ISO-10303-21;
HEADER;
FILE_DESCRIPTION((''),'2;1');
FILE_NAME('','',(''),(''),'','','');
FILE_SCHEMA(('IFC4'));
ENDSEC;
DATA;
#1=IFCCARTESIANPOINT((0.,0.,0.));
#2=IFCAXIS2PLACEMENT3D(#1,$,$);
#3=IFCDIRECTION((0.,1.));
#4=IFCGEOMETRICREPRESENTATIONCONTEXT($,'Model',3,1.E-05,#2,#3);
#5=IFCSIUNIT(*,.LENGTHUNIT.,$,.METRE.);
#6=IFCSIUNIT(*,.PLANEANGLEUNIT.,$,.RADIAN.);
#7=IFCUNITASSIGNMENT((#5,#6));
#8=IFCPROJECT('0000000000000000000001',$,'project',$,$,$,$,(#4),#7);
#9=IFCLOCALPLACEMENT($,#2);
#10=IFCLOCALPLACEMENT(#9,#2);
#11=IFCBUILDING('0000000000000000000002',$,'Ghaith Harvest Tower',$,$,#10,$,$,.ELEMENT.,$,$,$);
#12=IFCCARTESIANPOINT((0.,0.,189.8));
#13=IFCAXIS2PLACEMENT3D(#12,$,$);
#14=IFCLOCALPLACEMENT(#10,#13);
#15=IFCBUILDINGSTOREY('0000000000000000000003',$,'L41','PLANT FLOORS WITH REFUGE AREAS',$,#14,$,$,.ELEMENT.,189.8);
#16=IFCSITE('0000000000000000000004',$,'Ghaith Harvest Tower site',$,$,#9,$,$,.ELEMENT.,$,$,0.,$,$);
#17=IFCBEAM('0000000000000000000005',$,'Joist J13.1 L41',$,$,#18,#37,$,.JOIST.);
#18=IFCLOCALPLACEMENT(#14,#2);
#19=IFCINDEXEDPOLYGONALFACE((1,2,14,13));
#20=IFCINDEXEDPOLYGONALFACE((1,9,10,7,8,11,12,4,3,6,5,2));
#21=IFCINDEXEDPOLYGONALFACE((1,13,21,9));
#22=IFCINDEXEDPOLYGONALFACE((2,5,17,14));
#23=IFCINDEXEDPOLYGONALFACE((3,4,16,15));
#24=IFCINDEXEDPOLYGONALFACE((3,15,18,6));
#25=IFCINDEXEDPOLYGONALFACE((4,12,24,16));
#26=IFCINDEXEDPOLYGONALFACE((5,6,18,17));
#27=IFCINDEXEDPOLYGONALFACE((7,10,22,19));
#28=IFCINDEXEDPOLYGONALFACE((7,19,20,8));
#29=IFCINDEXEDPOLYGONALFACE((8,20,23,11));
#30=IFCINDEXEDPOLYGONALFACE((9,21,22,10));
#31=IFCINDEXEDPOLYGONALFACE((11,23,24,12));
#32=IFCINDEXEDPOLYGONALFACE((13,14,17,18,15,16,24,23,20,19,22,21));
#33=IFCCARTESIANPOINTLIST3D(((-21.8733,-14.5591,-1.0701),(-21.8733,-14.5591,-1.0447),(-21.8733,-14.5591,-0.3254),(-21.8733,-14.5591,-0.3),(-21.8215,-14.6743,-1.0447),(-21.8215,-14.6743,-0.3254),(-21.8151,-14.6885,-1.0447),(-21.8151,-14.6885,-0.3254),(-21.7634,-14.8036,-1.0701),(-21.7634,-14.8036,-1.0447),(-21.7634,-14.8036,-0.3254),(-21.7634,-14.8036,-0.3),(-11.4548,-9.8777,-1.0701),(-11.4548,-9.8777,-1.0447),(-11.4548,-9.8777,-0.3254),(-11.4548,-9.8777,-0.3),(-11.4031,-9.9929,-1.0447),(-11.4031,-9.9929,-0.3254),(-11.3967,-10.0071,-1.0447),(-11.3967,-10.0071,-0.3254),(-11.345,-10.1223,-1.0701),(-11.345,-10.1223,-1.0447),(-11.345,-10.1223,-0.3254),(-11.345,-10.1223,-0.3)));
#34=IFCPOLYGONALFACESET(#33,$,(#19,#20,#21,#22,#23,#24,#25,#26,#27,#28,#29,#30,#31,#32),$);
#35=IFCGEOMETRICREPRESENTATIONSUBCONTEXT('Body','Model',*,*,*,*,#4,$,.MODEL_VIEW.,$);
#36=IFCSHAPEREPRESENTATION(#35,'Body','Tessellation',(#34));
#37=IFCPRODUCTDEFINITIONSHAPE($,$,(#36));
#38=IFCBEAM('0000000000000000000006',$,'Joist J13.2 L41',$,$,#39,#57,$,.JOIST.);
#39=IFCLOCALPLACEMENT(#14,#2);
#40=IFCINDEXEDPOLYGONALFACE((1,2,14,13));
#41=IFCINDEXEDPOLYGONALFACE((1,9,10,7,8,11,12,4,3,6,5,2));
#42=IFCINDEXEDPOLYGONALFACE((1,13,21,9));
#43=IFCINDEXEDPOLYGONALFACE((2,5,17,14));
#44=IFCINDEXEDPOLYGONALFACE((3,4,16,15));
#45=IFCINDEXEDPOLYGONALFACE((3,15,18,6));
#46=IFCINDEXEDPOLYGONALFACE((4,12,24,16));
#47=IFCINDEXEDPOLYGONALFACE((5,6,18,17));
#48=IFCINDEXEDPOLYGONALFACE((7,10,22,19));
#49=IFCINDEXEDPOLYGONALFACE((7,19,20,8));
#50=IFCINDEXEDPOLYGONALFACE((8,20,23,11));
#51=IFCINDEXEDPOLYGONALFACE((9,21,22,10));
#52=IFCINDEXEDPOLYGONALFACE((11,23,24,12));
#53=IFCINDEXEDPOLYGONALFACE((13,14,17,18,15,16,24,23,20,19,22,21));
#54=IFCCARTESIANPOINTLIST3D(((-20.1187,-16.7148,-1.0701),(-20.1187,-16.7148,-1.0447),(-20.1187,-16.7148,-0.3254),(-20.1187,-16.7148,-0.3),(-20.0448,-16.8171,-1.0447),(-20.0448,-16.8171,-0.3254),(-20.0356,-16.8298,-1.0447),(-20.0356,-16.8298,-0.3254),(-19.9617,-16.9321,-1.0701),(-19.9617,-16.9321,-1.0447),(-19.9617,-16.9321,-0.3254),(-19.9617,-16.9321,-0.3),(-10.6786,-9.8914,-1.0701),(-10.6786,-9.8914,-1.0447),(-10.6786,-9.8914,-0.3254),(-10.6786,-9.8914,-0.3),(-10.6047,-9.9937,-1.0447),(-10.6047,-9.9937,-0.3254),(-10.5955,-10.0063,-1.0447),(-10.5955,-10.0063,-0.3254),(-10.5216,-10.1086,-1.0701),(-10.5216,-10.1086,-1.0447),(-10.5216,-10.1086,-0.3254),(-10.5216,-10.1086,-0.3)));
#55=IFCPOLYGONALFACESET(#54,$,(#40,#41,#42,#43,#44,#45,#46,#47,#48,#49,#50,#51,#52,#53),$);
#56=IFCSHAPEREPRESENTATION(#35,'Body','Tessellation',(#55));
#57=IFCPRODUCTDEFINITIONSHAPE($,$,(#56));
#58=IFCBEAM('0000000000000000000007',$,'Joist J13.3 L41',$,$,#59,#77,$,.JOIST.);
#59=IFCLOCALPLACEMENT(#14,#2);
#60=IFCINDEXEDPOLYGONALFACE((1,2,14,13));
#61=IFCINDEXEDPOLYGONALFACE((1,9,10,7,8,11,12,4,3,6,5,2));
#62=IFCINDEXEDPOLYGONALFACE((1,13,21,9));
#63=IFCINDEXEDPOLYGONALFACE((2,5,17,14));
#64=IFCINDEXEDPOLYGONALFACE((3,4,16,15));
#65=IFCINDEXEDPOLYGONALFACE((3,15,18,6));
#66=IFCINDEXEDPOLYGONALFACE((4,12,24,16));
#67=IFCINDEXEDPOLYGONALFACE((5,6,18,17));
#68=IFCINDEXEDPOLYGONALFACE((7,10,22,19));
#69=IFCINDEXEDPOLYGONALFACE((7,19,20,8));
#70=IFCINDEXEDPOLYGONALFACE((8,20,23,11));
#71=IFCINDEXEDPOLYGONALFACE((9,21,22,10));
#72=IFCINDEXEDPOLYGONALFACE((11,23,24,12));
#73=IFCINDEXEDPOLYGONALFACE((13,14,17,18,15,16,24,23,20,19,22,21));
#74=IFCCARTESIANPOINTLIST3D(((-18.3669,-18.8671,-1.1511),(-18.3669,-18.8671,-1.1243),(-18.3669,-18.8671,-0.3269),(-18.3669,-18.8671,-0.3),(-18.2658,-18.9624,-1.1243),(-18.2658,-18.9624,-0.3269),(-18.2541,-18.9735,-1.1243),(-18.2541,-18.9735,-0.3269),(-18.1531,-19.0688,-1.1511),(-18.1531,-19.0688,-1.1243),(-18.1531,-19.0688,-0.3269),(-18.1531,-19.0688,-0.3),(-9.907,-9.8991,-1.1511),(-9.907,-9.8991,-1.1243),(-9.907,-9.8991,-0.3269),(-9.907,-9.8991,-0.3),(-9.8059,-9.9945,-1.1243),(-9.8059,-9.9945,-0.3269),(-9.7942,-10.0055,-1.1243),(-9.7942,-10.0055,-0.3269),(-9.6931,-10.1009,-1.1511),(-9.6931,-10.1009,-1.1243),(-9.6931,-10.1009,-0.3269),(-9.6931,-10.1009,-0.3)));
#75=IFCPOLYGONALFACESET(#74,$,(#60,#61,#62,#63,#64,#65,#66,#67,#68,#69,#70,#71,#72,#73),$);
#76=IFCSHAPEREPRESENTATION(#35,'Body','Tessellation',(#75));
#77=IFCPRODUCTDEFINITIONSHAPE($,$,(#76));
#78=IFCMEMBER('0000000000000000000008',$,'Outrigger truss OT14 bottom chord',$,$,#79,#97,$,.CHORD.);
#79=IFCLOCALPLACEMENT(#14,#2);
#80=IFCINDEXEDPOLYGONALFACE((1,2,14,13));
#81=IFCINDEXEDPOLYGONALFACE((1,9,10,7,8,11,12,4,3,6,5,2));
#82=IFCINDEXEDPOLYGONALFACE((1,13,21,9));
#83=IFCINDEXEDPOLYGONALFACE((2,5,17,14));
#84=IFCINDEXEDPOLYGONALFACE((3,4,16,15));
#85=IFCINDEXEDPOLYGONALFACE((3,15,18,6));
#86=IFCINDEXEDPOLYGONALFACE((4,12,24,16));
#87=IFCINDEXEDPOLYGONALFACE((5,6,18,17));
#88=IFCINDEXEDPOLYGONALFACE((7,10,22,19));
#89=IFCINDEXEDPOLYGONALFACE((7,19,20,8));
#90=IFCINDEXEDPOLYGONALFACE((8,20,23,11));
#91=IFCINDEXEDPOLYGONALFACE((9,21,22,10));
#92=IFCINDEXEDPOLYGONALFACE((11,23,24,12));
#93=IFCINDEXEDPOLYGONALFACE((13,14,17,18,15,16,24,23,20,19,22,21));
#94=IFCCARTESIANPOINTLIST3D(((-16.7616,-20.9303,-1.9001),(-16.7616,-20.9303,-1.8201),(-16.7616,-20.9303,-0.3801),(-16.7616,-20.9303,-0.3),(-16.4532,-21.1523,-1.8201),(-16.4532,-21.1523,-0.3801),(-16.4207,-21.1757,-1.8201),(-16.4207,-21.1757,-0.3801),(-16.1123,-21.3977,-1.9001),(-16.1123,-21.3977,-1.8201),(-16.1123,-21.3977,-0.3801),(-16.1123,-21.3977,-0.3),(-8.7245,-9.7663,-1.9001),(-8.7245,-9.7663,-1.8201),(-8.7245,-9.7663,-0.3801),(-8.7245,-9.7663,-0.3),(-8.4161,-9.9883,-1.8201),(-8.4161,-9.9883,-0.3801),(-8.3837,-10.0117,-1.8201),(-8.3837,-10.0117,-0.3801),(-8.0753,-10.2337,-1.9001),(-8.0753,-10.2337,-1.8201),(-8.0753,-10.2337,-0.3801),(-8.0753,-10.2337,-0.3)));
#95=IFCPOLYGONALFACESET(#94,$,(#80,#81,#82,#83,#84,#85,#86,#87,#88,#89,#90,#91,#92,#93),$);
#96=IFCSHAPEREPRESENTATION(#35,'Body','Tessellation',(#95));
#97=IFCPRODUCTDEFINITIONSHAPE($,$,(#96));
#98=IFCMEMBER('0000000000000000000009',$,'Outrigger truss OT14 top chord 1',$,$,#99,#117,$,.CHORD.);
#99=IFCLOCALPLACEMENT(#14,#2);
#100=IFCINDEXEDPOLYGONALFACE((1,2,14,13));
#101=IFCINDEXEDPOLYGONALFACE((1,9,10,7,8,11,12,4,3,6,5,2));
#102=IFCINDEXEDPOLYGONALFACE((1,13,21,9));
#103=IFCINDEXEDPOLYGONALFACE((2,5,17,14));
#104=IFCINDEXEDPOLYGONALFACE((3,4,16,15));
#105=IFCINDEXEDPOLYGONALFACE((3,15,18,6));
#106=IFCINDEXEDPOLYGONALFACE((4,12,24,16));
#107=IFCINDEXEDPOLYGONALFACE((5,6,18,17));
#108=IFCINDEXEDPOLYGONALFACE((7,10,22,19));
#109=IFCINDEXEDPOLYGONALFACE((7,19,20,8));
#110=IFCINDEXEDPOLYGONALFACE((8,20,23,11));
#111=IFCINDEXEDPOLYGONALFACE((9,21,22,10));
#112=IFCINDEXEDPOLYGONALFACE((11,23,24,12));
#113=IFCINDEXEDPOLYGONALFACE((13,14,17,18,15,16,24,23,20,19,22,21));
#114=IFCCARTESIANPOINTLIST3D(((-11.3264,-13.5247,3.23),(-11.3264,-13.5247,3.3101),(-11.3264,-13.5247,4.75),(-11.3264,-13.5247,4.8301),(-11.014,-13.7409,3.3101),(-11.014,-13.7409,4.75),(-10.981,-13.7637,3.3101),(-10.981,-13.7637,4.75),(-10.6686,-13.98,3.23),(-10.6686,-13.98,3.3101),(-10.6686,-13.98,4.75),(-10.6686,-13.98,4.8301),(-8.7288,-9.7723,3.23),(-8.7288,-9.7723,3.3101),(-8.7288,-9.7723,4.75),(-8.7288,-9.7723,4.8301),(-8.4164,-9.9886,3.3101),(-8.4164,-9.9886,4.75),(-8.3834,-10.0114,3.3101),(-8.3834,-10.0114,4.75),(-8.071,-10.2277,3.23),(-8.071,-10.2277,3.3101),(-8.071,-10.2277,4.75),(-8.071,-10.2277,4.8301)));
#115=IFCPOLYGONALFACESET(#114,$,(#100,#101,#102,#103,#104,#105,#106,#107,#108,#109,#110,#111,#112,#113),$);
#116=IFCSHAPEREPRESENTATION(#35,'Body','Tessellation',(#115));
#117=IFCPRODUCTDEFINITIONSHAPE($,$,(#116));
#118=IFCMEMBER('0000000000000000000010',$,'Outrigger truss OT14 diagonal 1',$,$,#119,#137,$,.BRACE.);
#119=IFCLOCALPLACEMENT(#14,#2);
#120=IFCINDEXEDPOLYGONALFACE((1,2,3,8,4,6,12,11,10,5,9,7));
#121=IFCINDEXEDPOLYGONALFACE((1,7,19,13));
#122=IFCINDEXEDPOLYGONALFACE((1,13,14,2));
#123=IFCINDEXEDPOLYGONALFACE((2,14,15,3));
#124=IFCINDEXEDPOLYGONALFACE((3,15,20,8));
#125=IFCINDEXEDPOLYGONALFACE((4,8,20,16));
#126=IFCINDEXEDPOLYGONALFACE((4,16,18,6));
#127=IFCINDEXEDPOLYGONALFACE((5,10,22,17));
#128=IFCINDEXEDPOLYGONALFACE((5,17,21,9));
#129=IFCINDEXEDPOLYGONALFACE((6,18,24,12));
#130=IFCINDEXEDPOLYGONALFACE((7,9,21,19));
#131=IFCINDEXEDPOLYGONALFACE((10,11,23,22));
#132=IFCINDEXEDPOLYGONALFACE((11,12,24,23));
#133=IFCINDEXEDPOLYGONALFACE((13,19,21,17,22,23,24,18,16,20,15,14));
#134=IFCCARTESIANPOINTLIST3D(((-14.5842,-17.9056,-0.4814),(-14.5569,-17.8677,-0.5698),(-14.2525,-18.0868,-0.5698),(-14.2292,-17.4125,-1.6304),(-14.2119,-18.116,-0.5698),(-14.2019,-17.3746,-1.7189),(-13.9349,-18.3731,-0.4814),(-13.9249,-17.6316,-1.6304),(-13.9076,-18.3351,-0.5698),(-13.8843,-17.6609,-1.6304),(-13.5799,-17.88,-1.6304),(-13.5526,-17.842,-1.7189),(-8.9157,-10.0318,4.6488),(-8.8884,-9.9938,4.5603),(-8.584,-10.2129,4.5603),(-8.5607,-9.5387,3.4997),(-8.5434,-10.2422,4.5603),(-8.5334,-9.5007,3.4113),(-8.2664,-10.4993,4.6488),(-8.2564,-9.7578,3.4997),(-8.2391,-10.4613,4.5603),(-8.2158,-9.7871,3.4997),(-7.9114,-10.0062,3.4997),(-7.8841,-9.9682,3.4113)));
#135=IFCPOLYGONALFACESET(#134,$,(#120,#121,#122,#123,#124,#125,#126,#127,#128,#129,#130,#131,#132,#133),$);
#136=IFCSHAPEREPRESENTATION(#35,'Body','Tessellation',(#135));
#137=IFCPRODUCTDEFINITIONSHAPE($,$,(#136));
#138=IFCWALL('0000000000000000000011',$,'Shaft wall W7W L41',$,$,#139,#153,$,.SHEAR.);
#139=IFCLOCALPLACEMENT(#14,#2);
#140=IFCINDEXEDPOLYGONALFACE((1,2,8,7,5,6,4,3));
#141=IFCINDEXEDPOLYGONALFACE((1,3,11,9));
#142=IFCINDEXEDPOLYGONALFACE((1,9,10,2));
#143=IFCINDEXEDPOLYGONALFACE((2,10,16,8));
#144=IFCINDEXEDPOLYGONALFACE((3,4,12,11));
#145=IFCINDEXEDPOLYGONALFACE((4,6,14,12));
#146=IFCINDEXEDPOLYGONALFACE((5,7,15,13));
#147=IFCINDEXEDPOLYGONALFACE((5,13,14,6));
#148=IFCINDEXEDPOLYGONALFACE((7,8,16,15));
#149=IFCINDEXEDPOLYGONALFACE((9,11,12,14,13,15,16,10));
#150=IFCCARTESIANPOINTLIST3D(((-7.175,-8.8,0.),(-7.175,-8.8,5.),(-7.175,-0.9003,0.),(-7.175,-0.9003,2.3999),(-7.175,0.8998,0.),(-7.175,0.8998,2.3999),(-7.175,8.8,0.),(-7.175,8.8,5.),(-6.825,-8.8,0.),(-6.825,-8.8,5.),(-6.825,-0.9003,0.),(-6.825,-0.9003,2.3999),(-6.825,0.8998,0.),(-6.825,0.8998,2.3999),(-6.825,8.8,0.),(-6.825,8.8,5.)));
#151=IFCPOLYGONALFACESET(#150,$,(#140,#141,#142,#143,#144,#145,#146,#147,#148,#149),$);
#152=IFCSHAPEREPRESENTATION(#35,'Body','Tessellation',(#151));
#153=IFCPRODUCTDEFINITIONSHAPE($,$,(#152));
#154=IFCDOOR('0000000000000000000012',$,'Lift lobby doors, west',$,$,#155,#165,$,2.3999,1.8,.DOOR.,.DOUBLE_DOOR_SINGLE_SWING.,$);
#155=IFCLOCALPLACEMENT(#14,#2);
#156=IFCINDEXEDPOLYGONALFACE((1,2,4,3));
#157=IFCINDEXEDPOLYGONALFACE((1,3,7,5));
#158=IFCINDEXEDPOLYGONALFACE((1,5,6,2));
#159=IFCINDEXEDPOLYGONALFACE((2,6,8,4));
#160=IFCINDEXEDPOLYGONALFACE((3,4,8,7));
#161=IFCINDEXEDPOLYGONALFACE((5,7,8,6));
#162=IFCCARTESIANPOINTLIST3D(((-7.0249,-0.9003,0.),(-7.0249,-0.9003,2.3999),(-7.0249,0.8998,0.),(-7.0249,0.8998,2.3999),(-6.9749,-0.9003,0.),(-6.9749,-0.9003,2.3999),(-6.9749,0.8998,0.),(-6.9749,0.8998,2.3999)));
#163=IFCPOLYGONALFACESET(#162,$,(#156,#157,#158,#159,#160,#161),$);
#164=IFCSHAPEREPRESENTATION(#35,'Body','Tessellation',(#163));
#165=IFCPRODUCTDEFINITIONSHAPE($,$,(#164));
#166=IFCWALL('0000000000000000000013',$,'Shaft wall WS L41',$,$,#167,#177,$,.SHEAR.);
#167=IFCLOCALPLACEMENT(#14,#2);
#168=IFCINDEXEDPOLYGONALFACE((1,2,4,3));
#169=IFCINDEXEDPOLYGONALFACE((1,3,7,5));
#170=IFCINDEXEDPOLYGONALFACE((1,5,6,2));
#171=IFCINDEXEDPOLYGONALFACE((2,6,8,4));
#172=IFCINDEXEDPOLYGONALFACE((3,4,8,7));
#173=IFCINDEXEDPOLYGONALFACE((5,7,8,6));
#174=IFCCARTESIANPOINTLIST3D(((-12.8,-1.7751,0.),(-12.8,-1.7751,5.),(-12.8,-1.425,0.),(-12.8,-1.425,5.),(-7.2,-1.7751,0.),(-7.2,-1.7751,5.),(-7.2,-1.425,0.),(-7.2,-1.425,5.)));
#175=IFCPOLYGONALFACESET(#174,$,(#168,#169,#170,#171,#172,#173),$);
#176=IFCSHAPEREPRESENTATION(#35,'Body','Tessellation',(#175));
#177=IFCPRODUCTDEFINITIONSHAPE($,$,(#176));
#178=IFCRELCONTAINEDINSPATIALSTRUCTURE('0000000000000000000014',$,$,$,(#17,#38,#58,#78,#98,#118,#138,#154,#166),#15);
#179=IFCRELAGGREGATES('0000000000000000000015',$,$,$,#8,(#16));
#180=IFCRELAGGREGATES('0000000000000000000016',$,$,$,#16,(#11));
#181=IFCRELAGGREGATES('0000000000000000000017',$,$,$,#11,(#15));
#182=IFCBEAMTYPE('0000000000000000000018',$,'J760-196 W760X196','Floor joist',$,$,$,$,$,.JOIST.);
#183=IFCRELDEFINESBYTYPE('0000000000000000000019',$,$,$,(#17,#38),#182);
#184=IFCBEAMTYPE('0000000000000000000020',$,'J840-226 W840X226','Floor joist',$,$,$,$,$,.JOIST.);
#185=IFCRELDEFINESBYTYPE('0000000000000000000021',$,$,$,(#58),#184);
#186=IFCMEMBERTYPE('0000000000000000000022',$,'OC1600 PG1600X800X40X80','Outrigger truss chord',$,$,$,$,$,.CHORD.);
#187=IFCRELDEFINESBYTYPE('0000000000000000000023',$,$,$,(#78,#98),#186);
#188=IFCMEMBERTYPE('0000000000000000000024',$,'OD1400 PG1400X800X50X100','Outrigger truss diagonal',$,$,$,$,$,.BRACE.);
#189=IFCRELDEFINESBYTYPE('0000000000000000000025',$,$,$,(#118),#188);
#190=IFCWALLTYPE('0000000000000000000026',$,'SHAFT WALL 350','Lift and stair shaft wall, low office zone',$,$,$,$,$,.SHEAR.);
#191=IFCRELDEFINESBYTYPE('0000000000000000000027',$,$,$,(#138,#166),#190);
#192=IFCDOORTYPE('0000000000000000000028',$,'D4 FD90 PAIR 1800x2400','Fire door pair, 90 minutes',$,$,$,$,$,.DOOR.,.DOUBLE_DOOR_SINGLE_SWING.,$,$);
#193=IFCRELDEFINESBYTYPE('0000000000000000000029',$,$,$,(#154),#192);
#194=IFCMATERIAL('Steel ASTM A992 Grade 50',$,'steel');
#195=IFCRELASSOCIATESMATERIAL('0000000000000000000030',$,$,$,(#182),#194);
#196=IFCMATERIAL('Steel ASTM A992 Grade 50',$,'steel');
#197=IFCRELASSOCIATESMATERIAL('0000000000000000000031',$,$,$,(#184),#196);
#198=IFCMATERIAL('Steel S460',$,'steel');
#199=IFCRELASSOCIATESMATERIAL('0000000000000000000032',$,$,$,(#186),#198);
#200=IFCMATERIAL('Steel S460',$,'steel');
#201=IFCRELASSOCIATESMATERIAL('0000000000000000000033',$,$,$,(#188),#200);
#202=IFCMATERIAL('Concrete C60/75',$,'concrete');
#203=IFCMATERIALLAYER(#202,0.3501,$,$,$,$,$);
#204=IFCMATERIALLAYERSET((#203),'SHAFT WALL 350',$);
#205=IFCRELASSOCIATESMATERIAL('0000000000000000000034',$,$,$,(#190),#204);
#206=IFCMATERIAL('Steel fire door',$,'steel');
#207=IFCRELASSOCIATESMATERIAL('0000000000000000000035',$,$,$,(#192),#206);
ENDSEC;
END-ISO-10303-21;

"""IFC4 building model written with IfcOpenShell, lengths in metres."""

from ifc_helpers import new_model, si_unit, direction, frame, frame_2d, origin, origin_2d, place, context, subcontext, project, spatial, rectangle, i_section, extrude, material, layer, layer_set, material_profile, profile_set, type_object, element, fill, save


model = new_model("IFC4")

# Units and contexts
model_context = context("Model", 3, precision=1e-05, world=origin(), true_north=direction((0.0, 1.0)))
body_context = subcontext(model_context, "Body", "Model", "MODEL_VIEW")
ifc_project = project(units=[si_unit("LENGTHUNIT", "METRE"), si_unit("PLANEANGLEUNIT", "RADIAN")], contexts=[model_context])

# Site, building, storey
site_placement = place(None, origin())
site = spatial("IfcSite", under=ifc_project, at=site_placement, Name="Ghaith Harvest Tower site", CompositionType="ELEMENT", RefElevation=0.0)
building_placement = place(site_placement, origin())
building = spatial("IfcBuilding", under=site, at=building_placement, Name="Ghaith Harvest Tower", CompositionType="ELEMENT")
storey_placement = place(building_placement, frame((0.0, 0.0, 189.8)))
storey = spatial("IfcBuildingStorey", under=building, at=storey_placement, Name="L41", Description="PLANT FLOORS WITH REFUGE AREAS", CompositionType="ELEMENT", Elevation=189.8)

# Beams
ifc_material_1 = material(Name="Steel ASTM A992 Grade 50", Category="steel")
ifc_material_profile_1 = material_profile(ifc_material_1, i_section(OverallWidth=0.2681, OverallDepth=0.77, WebThickness=0.0156, FlangeThickness=0.0254, at=origin_2d()), Name="W760X196")
ifc_profile_set_1 = profile_set([ifc_material_profile_1], Name="Steel ASTM A992 Grade 50")
beam_type_1 = type_object("IfcBeamType", Name="J760-196 W760X196", Description="Floor joist", PredefinedType="JOIST", material=ifc_profile_set_1)
beam_1_placement = place(storey_placement, frame((-11.3999, -10.0, -0.6851), z_axis=(-0.912148, -0.409862, 0.0), x_axis=(0.409862, -0.912148, 0.0)))
element("IfcBeam", 1, at=beam_1_placement, inside=storey, type_object=beam_type_1, Name="Joist J13.1 L41", PredefinedType="JOIST", context=body_context, shape_type="SweptSolid", body=[
    extrude(i_section(OverallWidth=0.2681, OverallDepth=0.77, WebThickness=0.0156, FlangeThickness=0.0254, at=origin_2d()), origin(), (0.0, 0.0, 1.0), 11.4219),
])
beam_2_placement = place(storey_placement, frame((-10.6001, -10.0, -0.6851), z_axis=(-0.810452, -0.585805, 0.0), x_axis=(0.585805, -0.810452, 0.0)))
element("IfcBeam", 2, at=beam_2_placement, inside=storey, type_object=beam_type_1, Name="Joist J13.2 L41", PredefinedType="JOIST", context=body_context, shape_type="SweptSolid", body=[
    extrude(i_section(OverallWidth=0.2681, OverallDepth=0.77, WebThickness=0.0156, FlangeThickness=0.0254, at=origin_2d()), origin(), (0.0, 0.0, 1.0), 11.6479),
])
ifc_material_2 = material(Name="Steel ASTM A992 Grade 50", Category="steel")
ifc_material_profile_2 = material_profile(ifc_material_2, i_section(OverallWidth=0.2939, OverallDepth=0.8511, WebThickness=0.0161, FlangeThickness=0.0269, at=origin_2d()), Name="W840X226")
ifc_profile_set_2 = profile_set([ifc_material_profile_2], Name="Steel ASTM A992 Grade 50")
beam_type_2 = type_object("IfcBeamType", Name="J840-226 W840X226", Description="Floor joist", PredefinedType="JOIST", material=ifc_profile_set_2)
beam_3_placement = place(storey_placement, frame((-9.8, -10.0, -0.7256), z_axis=(-0.686202, -0.727411, 0.0), x_axis=(0.727411, -0.686202, 0.0)))
element("IfcBeam", 3, at=beam_3_placement, inside=storey, type_object=beam_type_2, Name="Joist J13.3 L41", PredefinedType="JOIST", context=body_context, shape_type="SweptSolid", body=[
    extrude(i_section(OverallWidth=0.2939, OverallDepth=0.8511, WebThickness=0.0161, FlangeThickness=0.0269, at=origin_2d()), origin(), (0.0, 0.0, 1.0), 12.3286),
])

# Members
ifc_material_3 = material(Name="Steel S460", Category="steel")
ifc_material_profile_3 = material_profile(ifc_material_3, i_section(OverallWidth=0.8, OverallDepth=1.6001, WebThickness=0.04, FlangeThickness=0.0801, at=origin_2d()), Name="PG1600X800X40X80")
ifc_profile_set_3 = profile_set([ifc_material_profile_3], Name="Steel S460")
member_type_1 = type_object("IfcMemberType", Name="OC1600 PG1600X800X40X80", Description="Outrigger truss chord", PredefinedType="CHORD", material=ifc_profile_set_3)
member_1_placement = place(storey_placement, frame((-8.3999, -10.0, -1.1001), z_axis=(-0.584256, -0.811569, 0.0), x_axis=(0.811569, -0.584256, 0.0)))
element("IfcMember", 4, at=member_1_placement, inside=storey, type_object=member_type_1, Name="Outrigger truss OT14 bottom chord", PredefinedType="CHORD", context=body_context, shape_type="SweptSolid", body=[
    extrude(i_section(OverallWidth=0.8, OverallDepth=1.6001, WebThickness=0.04, FlangeThickness=0.0801, at=origin_2d()), origin(), (0.0, 0.0, 1.0), 13.7561),
])
member_2_placement = place(storey_placement, frame((-8.3999, -10.0, 4.03), z_axis=(-0.569182, -0.822211, 0.0), x_axis=(0.822211, -0.569182, 0.0)))
element("IfcMember", 5, at=member_2_placement, inside=storey, type_object=member_type_1, Name="Outrigger truss OT14 top chord 1", PredefinedType="CHORD", context=body_context, shape_type="SweptSolid", body=[
    extrude(i_section(OverallWidth=0.8, OverallDepth=1.6001, WebThickness=0.04, FlangeThickness=0.0801, at=origin_2d()), origin(), (0.0, 0.0, 1.0), 4.5637),
])
ifc_material_4 = material(Name="Steel S460", Category="steel")
ifc_material_profile_4 = material_profile(ifc_material_4, i_section(OverallWidth=0.8, OverallDepth=1.3999, WebThickness=0.05, FlangeThickness=0.1001, at=origin_2d()), Name="PG1400X800X50X100")
ifc_profile_set_4 = profile_set([ifc_material_profile_4], Name="Steel S460")
member_type_2 = type_object("IfcMemberType", Name="OD1400 PG1400X800X50X100", Description="Outrigger truss diagonal", PredefinedType="BRACE", material=ifc_profile_set_4)
member_3_placement = place(storey_placement, frame((-8.3999, -10.0, 4.03), z_axis=(-0.516498, -0.717442, -0.467446), x_axis=(0.811567, -0.58426, 0.0)))
element("IfcMember", 6, at=member_3_placement, inside=storey, type_object=member_type_2, Name="Outrigger truss OT14 diagonal 1", PredefinedType="BRACE", context=body_context, shape_type="SweptSolid", body=[
    extrude(i_section(OverallWidth=0.8, OverallDepth=1.3999, WebThickness=0.05, FlangeThickness=0.1001, at=origin_2d()), origin(), (0.0, 0.0, 1.0), 10.9749),
])

# Wall, opening, door
ifc_material_5 = material(Name="Concrete C60/75", Category="concrete")
ifc_layer_1 = layer(ifc_material_5, 0.3501)
ifc_layer_set_1 = layer_set([ifc_layer_1], Name="SHAFT WALL 350")
wall_type_1 = type_object("IfcWallType", Name="SHAFT WALL 350", Description="Lift and stair shaft wall, low office zone", PredefinedType="SHEAR", material=ifc_layer_set_1)
wall_1_placement = place(storey_placement, frame((-7.0, -8.8, 0.0), z_axis=(0.0, 0.0, 1.0), x_axis=(0.0, 1.0, 0.0)))
wall_1 = element("IfcWall", 7, at=wall_1_placement, inside=storey, type_object=wall_type_1, Name="Shaft wall W7W L41", PredefinedType="SHEAR", context=body_context, shape_type="SweptSolid", body=[
    extrude(rectangle(XDim=17.6001, YDim=0.3501, at=frame_2d((8.8, 0.0))), origin(), (0.0, 0.0, 1.0), 5.0),
])
opening_placement = place(wall_1_placement, frame((7.8999, 0.0, 0.0)))
opening = element("IfcOpeningElement", 8, at=opening_placement, cuts=wall_1, PredefinedType="OPENING", context=body_context, shape_type="SweptSolid", body=[
    extrude(rectangle(XDim=1.8, YDim=2.3999, at=frame_2d((0.8999, 1.2))), frame((0.0, 0.1851, 0.0), z_axis=(0.0, -1.0, 0.0), x_axis=(1.0, 0.0, 0.0)), (0.0, 0.0, 1.0), 0.3701),
])
ifc_material_6 = material(Name="Steel fire door", Category="steel")
door_type = type_object("IfcDoorType", Name="D4 FD90 PAIR 1800x2400", Description="Fire door pair, 90 minutes", OperationType="DOUBLE_DOOR_SINGLE_SWING", PredefinedType="DOOR", material=ifc_material_6)
door_placement = place(opening_placement, origin())
door = element("IfcDoor", 9, at=door_placement, inside=storey, type_object=door_type, Name="Lift lobby doors, west", OperationType="DOUBLE_DOOR_SINGLE_SWING", OverallHeight=2.3999, OverallWidth=1.8, PredefinedType="DOOR", context=body_context, shape_type="SweptSolid", body=[
    extrude(rectangle(XDim=1.8, YDim=2.3999, at=frame_2d((0.8999, 1.2))), frame((0.0, 0.0249, 0.0), z_axis=(0.0, -1.0, 0.0), x_axis=(1.0, 0.0, 0.0)), (0.0, 0.0, 1.0), 0.05),
])
fill(opening, door)

# Wall
wall_2_placement = place(storey_placement, frame((-12.8, -1.6001, 0.0), z_axis=(0.0, 0.0, 1.0), x_axis=(1.0, 0.0, 0.0)))
element("IfcWall", 10, at=wall_2_placement, inside=storey, type_object=wall_type_1, Name="Shaft wall WS L41", PredefinedType="SHEAR", context=body_context, shape_type="SweptSolid", body=[
    extrude(rectangle(XDim=5.6001, YDim=0.3501, at=frame_2d((2.8, 0.0))), origin(), (0.0, 0.0, 1.0), 5.0),
])

save(model, "model.ifc")
